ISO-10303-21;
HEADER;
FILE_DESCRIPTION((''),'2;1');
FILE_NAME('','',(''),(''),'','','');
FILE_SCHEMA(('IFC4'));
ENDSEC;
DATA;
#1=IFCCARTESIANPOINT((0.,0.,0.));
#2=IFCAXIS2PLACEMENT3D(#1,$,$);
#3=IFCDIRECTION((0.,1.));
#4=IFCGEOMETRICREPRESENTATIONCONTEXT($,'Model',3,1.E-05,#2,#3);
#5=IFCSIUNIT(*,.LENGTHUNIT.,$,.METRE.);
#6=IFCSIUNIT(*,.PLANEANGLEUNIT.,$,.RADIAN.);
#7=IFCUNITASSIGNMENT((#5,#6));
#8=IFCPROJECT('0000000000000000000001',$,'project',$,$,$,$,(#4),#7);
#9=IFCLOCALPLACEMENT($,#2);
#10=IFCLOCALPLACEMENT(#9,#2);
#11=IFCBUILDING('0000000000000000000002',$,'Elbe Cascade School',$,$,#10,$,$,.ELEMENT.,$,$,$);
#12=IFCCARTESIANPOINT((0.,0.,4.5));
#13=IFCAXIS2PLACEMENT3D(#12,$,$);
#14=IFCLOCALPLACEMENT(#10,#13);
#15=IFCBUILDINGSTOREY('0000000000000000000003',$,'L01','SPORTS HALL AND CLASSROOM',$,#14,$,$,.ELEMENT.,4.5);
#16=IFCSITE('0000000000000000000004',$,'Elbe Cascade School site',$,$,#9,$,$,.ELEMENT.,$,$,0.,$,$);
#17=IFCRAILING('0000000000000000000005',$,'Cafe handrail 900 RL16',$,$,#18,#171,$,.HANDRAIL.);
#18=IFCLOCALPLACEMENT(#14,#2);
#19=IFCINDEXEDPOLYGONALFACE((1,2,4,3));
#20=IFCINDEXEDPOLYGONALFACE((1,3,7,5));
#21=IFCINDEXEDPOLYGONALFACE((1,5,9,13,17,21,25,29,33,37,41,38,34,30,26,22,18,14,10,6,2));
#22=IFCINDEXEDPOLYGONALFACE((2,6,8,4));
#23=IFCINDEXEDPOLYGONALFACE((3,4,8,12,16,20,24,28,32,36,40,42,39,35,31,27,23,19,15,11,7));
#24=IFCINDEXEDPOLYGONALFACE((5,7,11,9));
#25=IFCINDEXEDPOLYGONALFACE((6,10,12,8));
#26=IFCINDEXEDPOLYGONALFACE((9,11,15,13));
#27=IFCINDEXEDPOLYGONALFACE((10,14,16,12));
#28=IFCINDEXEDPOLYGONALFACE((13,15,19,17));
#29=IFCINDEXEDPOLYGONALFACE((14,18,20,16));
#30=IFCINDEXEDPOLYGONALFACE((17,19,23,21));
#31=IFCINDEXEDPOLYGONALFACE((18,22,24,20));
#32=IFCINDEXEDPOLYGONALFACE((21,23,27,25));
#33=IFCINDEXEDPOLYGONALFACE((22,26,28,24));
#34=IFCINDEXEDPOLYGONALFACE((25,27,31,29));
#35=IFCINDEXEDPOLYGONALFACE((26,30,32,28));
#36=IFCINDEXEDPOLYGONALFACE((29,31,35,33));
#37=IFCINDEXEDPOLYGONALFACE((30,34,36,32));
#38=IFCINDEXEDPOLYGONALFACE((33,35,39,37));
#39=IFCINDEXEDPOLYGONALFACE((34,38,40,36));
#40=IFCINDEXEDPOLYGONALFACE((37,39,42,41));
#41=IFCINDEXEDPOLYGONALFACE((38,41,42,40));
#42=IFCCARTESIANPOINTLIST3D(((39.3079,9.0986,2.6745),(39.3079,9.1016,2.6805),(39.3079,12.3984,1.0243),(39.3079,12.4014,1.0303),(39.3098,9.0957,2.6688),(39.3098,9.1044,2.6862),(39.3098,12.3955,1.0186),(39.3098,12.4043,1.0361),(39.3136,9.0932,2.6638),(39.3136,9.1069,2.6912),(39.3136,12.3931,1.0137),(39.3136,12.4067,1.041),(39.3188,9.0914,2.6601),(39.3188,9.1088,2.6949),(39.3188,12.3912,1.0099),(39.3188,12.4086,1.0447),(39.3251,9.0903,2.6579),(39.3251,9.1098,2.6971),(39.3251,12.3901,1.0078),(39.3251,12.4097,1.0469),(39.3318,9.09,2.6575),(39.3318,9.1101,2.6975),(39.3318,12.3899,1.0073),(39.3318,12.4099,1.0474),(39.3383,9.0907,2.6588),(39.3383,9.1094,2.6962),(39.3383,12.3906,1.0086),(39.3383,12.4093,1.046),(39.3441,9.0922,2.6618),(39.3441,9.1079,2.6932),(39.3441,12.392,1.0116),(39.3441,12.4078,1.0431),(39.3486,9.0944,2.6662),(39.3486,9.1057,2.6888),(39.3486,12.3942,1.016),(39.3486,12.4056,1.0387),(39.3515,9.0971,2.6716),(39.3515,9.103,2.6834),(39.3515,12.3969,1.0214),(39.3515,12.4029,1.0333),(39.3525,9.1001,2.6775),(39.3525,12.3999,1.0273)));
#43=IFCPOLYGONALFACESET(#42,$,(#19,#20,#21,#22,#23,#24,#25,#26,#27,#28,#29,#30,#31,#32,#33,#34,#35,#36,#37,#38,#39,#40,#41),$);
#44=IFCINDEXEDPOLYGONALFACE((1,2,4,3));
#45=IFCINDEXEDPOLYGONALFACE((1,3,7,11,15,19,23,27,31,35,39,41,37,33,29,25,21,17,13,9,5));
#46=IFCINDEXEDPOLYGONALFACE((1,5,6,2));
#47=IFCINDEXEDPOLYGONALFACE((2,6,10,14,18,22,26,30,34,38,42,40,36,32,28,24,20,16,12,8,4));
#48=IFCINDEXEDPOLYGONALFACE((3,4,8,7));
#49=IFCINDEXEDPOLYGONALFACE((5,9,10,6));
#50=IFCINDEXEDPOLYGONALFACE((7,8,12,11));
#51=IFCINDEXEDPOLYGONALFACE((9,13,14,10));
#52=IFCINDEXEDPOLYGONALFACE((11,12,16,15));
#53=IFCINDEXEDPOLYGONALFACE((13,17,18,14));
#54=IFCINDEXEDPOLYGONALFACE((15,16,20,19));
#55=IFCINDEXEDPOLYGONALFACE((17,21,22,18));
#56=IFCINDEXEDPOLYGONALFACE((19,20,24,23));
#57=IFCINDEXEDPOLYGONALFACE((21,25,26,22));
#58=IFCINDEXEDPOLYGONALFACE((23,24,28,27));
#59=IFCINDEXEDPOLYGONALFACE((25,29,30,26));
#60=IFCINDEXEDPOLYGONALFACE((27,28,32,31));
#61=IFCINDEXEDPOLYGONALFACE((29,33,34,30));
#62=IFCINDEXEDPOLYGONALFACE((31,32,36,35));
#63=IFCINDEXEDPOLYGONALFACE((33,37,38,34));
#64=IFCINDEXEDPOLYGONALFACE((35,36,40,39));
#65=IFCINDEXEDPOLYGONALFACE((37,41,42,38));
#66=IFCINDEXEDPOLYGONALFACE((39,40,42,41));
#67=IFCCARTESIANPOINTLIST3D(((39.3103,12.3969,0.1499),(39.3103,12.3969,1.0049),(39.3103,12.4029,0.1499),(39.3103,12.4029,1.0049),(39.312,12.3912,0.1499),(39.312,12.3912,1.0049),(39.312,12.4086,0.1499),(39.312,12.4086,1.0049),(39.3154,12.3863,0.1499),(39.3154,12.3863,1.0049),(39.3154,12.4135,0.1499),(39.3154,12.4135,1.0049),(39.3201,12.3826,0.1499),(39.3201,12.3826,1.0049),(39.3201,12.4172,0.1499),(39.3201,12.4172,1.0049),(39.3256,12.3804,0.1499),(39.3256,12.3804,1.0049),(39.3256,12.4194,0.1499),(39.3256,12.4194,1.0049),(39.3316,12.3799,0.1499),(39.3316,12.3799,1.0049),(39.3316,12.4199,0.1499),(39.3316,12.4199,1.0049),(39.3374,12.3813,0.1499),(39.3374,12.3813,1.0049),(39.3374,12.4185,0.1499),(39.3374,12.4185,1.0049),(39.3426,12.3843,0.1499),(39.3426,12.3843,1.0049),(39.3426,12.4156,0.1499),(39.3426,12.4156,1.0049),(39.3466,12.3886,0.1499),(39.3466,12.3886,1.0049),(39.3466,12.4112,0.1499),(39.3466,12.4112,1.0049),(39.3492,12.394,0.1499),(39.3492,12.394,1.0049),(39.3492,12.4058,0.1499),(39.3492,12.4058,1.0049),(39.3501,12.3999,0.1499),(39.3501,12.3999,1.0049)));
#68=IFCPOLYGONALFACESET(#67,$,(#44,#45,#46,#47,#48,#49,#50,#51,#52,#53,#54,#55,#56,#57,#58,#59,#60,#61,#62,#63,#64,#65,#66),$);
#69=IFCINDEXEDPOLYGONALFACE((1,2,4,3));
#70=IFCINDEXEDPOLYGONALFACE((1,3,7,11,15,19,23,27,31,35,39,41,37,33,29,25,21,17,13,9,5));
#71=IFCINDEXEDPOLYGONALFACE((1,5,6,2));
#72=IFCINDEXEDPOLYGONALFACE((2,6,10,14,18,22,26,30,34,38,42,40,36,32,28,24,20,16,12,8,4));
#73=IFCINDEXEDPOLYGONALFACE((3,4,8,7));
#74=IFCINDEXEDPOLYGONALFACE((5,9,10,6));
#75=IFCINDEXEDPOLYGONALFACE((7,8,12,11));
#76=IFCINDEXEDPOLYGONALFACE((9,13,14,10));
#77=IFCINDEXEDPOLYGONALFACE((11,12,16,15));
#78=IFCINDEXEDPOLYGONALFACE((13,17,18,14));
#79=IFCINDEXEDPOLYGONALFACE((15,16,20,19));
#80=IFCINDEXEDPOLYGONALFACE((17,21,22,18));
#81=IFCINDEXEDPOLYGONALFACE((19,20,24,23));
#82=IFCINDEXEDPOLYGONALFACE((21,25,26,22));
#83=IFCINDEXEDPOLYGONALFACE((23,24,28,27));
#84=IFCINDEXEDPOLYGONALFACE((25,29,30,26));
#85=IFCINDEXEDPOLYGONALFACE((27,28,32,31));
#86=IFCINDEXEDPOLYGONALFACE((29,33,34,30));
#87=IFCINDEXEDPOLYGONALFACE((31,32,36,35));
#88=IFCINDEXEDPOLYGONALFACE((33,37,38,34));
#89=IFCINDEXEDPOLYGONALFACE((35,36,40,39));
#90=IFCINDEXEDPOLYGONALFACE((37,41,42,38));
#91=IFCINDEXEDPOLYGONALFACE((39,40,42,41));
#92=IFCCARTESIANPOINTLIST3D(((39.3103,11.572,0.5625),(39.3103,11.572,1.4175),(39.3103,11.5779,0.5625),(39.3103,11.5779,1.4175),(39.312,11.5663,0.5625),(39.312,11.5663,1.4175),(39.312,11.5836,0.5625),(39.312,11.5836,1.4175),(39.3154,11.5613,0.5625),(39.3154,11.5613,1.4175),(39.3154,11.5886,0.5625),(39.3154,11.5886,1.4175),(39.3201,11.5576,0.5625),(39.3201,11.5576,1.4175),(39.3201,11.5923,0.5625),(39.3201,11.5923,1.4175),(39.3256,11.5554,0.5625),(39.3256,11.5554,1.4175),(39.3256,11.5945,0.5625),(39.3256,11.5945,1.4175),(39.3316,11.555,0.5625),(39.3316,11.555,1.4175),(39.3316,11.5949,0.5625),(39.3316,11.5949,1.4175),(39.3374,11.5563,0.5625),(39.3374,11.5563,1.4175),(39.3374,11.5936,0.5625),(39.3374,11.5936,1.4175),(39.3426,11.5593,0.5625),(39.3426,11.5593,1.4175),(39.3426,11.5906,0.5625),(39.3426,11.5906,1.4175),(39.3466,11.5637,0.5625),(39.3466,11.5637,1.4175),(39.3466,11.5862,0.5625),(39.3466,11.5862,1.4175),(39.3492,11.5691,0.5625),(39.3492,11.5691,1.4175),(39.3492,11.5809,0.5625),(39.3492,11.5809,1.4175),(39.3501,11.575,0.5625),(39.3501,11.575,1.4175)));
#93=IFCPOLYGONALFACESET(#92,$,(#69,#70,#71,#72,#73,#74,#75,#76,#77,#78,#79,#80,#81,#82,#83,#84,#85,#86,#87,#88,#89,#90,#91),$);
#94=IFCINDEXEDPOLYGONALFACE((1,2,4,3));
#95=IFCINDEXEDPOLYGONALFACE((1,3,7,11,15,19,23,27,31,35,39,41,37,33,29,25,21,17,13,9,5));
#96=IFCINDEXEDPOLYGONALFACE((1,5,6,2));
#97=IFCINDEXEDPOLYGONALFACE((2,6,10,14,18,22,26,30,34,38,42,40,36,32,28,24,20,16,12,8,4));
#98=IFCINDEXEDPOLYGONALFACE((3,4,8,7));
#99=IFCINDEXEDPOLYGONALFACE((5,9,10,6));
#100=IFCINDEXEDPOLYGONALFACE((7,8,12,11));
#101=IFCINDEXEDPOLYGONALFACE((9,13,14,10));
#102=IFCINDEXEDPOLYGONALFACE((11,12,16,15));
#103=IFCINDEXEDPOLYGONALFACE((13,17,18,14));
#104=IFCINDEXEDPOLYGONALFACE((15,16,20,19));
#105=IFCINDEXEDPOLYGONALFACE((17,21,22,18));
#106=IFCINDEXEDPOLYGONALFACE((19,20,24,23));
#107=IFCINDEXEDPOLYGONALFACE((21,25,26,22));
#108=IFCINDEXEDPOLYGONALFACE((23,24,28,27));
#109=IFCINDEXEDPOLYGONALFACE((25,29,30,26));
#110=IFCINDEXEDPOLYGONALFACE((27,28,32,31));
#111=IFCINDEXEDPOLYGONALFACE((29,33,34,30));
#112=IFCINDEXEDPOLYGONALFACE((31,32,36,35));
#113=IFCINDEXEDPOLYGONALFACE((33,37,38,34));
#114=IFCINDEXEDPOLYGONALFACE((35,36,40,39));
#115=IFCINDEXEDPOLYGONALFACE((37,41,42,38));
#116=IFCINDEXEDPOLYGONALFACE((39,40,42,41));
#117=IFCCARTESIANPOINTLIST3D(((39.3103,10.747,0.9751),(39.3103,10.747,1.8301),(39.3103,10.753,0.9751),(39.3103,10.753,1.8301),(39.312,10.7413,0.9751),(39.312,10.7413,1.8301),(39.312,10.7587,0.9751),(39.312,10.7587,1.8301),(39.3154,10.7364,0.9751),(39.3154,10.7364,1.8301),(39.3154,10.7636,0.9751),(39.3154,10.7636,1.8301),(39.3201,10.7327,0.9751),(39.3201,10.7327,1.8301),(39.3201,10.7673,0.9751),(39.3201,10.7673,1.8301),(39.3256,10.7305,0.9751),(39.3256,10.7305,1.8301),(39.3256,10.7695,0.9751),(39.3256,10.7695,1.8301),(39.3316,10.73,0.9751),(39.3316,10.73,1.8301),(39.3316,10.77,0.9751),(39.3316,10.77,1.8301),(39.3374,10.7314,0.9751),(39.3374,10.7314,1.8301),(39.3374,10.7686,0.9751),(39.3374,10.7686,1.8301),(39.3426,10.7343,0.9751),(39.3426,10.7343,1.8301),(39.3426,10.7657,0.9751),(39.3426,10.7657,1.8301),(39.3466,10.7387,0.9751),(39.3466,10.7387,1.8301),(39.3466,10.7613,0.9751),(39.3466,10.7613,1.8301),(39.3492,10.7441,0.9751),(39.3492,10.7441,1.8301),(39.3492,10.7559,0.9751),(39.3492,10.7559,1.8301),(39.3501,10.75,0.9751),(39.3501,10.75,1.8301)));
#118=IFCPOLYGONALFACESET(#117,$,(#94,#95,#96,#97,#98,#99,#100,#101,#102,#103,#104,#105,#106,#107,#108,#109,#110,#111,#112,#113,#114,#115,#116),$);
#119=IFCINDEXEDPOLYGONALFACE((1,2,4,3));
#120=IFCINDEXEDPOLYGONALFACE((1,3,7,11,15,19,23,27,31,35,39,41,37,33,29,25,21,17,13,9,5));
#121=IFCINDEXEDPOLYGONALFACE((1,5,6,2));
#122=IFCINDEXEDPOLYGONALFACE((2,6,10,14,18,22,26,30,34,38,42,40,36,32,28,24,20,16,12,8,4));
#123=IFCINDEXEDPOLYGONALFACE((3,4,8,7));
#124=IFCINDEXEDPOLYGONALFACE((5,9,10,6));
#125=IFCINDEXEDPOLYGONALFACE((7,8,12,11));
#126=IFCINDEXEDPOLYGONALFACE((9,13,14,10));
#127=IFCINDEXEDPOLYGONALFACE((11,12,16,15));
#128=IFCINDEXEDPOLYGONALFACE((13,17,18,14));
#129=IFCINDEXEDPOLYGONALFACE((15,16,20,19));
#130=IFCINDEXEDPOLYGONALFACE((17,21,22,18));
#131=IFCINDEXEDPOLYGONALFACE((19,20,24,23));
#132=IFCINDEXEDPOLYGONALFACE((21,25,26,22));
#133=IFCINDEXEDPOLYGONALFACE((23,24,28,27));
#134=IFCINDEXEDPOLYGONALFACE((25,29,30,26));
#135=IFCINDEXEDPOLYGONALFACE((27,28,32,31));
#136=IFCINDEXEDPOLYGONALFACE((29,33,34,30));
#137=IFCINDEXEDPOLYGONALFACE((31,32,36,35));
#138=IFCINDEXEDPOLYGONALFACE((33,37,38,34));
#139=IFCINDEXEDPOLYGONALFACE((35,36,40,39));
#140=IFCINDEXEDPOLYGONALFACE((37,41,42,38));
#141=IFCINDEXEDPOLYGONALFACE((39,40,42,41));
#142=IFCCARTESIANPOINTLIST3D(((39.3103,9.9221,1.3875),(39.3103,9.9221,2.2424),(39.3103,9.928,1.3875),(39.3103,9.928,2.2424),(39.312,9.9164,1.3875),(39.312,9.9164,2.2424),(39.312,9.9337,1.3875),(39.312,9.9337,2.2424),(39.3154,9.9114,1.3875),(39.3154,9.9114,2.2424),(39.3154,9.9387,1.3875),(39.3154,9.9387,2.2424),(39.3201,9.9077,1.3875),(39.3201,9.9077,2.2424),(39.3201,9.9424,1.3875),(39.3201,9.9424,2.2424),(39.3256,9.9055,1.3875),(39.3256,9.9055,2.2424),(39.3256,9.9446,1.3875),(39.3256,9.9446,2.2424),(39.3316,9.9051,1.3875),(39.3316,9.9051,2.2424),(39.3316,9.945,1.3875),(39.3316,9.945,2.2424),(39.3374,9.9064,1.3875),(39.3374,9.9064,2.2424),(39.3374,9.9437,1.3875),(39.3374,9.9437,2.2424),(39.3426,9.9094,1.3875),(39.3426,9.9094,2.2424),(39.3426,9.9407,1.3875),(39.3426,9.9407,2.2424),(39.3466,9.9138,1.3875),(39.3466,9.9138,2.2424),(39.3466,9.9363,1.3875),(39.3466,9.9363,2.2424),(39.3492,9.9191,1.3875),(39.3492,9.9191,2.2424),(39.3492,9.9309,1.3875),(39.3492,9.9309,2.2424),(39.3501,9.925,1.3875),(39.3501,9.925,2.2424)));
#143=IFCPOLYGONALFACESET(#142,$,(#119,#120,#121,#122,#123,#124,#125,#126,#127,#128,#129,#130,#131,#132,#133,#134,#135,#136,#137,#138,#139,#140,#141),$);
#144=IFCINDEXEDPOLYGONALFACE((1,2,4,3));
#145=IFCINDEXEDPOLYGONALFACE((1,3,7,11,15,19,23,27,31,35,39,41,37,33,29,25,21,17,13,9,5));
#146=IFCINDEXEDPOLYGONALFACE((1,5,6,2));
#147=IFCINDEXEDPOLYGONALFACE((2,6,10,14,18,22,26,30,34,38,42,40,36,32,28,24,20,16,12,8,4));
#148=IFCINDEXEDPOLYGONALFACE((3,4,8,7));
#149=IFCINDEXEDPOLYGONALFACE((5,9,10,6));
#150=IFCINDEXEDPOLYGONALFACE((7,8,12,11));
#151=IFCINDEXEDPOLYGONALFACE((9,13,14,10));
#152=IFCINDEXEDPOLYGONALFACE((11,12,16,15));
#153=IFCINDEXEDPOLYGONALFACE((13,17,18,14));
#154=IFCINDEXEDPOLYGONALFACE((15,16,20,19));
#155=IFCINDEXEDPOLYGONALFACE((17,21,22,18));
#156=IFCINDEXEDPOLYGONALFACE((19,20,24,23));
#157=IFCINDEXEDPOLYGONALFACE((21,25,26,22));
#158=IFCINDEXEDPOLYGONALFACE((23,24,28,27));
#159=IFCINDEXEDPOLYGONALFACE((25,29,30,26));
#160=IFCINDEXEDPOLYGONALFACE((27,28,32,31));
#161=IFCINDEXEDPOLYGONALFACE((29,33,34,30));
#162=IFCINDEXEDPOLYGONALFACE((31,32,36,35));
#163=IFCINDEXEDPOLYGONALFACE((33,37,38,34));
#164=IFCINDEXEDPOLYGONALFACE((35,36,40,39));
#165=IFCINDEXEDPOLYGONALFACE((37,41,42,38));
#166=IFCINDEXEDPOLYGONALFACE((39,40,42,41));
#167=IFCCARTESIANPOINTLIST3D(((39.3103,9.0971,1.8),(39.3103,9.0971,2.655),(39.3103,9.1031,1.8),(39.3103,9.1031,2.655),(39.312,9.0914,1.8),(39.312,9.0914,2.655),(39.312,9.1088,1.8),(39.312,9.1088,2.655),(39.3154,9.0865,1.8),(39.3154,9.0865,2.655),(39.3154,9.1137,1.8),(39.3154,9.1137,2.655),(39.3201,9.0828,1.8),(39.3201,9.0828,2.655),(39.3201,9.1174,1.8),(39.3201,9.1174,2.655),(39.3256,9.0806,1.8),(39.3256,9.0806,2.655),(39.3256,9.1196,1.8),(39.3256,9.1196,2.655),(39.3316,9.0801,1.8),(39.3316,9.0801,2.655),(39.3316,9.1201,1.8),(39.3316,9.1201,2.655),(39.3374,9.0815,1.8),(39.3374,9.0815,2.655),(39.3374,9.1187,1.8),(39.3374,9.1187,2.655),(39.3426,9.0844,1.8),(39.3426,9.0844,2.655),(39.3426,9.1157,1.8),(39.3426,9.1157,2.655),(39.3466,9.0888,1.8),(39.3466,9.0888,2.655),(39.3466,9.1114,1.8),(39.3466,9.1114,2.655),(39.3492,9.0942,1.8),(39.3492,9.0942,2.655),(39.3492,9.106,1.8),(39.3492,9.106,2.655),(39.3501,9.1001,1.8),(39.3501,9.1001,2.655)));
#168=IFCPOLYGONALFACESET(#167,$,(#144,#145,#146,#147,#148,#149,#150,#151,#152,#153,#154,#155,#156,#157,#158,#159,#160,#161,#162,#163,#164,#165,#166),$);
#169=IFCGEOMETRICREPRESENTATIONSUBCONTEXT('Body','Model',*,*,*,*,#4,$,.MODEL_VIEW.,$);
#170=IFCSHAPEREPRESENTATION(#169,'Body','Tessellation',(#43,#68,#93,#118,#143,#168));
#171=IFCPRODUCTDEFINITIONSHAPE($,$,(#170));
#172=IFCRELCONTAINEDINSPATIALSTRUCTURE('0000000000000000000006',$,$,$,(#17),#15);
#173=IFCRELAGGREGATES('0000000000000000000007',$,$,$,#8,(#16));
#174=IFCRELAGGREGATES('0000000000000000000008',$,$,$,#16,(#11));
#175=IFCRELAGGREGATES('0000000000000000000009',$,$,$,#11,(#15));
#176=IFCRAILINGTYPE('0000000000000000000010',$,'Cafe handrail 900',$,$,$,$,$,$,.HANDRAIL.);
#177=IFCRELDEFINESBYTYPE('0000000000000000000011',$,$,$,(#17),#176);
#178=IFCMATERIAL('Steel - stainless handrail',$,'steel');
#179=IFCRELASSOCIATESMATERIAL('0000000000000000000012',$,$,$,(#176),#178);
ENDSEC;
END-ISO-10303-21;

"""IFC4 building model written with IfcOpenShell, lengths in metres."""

from ifc_helpers import new_model, si_unit, direction, frame, origin, origin_2d, place, context, subcontext, project, spatial, circle, extrude, material, type_object, element, save


model = new_model("IFC4")

# Units and contexts
model_context = context("Model", 3, precision=1e-05, world=origin(), true_north=direction((0.0, 1.0)))
body_context = subcontext(model_context, "Body", "Model", "MODEL_VIEW")
ifc_project = project(units=[si_unit("LENGTHUNIT", "METRE"), si_unit("PLANEANGLEUNIT", "RADIAN")], contexts=[model_context])

# Site, building, storey
site_placement = place(None, origin())
site = spatial("IfcSite", under=ifc_project, at=site_placement, Name="Elbe Cascade School site", CompositionType="ELEMENT", RefElevation=0.0)
building_placement = place(site_placement, origin())
building = spatial("IfcBuilding", under=site, at=building_placement, Name="Elbe Cascade School", CompositionType="ELEMENT")
storey_placement = place(building_placement, frame((0.0, 0.0, 4.5)))
storey = spatial("IfcBuildingStorey", under=building, at=storey_placement, Name="L01", Description="SPORTS HALL AND CLASSROOM", CompositionType="ELEMENT", Elevation=4.5)

# Railing
ifc_material_1 = material(Name="Steel - stainless handrail", Category="steel")
railing_type_1 = type_object("IfcRailingType", Name="Cafe handrail 900", PredefinedType="HANDRAIL", material=ifc_material_1)
for number, where, name in (
    (1, (39.3301, 12.3999, 0.1499), "Cafe handrail 900 RL16"),
):
    element("IfcRailing", number, at=place(storey_placement, frame(where)), inside=storey, type_object=railing_type_1, Name=name, PredefinedType="HANDRAIL", context=body_context, shape_type="SweptSolid", body=[
        extrude(circle(Radius=0.0225, at=origin_2d()), frame((0.0, 0.0, 0.8774), z_axis=(0.0, -0.894401, 0.447267), x_axis=(1.0, 0.0, 0.0)), (0.0, 0.0, 1.0), 3.6895),
        extrude(circle(Radius=0.02, at=origin_2d()), origin(), (0.0, 0.0, 1.0), 0.855),
        extrude(circle(Radius=0.02, at=origin_2d()), frame((0.0, -0.825, 0.4126)), (0.0, 0.0, 1.0), 0.855),
        extrude(circle(Radius=0.02, at=origin_2d()), frame((0.0, -1.6499, 0.8252)), (0.0, 0.0, 1.0), 0.855),
        extrude(circle(Radius=0.02, at=origin_2d()), frame((0.0, -2.4749, 1.2375)), (0.0, 0.0, 1.0), 0.855),
        extrude(circle(Radius=0.02, at=origin_2d()), frame((0.0, -3.2998, 1.6501)), (0.0, 0.0, 1.0), 0.855),
    ])

save(model, "model.ifc")
